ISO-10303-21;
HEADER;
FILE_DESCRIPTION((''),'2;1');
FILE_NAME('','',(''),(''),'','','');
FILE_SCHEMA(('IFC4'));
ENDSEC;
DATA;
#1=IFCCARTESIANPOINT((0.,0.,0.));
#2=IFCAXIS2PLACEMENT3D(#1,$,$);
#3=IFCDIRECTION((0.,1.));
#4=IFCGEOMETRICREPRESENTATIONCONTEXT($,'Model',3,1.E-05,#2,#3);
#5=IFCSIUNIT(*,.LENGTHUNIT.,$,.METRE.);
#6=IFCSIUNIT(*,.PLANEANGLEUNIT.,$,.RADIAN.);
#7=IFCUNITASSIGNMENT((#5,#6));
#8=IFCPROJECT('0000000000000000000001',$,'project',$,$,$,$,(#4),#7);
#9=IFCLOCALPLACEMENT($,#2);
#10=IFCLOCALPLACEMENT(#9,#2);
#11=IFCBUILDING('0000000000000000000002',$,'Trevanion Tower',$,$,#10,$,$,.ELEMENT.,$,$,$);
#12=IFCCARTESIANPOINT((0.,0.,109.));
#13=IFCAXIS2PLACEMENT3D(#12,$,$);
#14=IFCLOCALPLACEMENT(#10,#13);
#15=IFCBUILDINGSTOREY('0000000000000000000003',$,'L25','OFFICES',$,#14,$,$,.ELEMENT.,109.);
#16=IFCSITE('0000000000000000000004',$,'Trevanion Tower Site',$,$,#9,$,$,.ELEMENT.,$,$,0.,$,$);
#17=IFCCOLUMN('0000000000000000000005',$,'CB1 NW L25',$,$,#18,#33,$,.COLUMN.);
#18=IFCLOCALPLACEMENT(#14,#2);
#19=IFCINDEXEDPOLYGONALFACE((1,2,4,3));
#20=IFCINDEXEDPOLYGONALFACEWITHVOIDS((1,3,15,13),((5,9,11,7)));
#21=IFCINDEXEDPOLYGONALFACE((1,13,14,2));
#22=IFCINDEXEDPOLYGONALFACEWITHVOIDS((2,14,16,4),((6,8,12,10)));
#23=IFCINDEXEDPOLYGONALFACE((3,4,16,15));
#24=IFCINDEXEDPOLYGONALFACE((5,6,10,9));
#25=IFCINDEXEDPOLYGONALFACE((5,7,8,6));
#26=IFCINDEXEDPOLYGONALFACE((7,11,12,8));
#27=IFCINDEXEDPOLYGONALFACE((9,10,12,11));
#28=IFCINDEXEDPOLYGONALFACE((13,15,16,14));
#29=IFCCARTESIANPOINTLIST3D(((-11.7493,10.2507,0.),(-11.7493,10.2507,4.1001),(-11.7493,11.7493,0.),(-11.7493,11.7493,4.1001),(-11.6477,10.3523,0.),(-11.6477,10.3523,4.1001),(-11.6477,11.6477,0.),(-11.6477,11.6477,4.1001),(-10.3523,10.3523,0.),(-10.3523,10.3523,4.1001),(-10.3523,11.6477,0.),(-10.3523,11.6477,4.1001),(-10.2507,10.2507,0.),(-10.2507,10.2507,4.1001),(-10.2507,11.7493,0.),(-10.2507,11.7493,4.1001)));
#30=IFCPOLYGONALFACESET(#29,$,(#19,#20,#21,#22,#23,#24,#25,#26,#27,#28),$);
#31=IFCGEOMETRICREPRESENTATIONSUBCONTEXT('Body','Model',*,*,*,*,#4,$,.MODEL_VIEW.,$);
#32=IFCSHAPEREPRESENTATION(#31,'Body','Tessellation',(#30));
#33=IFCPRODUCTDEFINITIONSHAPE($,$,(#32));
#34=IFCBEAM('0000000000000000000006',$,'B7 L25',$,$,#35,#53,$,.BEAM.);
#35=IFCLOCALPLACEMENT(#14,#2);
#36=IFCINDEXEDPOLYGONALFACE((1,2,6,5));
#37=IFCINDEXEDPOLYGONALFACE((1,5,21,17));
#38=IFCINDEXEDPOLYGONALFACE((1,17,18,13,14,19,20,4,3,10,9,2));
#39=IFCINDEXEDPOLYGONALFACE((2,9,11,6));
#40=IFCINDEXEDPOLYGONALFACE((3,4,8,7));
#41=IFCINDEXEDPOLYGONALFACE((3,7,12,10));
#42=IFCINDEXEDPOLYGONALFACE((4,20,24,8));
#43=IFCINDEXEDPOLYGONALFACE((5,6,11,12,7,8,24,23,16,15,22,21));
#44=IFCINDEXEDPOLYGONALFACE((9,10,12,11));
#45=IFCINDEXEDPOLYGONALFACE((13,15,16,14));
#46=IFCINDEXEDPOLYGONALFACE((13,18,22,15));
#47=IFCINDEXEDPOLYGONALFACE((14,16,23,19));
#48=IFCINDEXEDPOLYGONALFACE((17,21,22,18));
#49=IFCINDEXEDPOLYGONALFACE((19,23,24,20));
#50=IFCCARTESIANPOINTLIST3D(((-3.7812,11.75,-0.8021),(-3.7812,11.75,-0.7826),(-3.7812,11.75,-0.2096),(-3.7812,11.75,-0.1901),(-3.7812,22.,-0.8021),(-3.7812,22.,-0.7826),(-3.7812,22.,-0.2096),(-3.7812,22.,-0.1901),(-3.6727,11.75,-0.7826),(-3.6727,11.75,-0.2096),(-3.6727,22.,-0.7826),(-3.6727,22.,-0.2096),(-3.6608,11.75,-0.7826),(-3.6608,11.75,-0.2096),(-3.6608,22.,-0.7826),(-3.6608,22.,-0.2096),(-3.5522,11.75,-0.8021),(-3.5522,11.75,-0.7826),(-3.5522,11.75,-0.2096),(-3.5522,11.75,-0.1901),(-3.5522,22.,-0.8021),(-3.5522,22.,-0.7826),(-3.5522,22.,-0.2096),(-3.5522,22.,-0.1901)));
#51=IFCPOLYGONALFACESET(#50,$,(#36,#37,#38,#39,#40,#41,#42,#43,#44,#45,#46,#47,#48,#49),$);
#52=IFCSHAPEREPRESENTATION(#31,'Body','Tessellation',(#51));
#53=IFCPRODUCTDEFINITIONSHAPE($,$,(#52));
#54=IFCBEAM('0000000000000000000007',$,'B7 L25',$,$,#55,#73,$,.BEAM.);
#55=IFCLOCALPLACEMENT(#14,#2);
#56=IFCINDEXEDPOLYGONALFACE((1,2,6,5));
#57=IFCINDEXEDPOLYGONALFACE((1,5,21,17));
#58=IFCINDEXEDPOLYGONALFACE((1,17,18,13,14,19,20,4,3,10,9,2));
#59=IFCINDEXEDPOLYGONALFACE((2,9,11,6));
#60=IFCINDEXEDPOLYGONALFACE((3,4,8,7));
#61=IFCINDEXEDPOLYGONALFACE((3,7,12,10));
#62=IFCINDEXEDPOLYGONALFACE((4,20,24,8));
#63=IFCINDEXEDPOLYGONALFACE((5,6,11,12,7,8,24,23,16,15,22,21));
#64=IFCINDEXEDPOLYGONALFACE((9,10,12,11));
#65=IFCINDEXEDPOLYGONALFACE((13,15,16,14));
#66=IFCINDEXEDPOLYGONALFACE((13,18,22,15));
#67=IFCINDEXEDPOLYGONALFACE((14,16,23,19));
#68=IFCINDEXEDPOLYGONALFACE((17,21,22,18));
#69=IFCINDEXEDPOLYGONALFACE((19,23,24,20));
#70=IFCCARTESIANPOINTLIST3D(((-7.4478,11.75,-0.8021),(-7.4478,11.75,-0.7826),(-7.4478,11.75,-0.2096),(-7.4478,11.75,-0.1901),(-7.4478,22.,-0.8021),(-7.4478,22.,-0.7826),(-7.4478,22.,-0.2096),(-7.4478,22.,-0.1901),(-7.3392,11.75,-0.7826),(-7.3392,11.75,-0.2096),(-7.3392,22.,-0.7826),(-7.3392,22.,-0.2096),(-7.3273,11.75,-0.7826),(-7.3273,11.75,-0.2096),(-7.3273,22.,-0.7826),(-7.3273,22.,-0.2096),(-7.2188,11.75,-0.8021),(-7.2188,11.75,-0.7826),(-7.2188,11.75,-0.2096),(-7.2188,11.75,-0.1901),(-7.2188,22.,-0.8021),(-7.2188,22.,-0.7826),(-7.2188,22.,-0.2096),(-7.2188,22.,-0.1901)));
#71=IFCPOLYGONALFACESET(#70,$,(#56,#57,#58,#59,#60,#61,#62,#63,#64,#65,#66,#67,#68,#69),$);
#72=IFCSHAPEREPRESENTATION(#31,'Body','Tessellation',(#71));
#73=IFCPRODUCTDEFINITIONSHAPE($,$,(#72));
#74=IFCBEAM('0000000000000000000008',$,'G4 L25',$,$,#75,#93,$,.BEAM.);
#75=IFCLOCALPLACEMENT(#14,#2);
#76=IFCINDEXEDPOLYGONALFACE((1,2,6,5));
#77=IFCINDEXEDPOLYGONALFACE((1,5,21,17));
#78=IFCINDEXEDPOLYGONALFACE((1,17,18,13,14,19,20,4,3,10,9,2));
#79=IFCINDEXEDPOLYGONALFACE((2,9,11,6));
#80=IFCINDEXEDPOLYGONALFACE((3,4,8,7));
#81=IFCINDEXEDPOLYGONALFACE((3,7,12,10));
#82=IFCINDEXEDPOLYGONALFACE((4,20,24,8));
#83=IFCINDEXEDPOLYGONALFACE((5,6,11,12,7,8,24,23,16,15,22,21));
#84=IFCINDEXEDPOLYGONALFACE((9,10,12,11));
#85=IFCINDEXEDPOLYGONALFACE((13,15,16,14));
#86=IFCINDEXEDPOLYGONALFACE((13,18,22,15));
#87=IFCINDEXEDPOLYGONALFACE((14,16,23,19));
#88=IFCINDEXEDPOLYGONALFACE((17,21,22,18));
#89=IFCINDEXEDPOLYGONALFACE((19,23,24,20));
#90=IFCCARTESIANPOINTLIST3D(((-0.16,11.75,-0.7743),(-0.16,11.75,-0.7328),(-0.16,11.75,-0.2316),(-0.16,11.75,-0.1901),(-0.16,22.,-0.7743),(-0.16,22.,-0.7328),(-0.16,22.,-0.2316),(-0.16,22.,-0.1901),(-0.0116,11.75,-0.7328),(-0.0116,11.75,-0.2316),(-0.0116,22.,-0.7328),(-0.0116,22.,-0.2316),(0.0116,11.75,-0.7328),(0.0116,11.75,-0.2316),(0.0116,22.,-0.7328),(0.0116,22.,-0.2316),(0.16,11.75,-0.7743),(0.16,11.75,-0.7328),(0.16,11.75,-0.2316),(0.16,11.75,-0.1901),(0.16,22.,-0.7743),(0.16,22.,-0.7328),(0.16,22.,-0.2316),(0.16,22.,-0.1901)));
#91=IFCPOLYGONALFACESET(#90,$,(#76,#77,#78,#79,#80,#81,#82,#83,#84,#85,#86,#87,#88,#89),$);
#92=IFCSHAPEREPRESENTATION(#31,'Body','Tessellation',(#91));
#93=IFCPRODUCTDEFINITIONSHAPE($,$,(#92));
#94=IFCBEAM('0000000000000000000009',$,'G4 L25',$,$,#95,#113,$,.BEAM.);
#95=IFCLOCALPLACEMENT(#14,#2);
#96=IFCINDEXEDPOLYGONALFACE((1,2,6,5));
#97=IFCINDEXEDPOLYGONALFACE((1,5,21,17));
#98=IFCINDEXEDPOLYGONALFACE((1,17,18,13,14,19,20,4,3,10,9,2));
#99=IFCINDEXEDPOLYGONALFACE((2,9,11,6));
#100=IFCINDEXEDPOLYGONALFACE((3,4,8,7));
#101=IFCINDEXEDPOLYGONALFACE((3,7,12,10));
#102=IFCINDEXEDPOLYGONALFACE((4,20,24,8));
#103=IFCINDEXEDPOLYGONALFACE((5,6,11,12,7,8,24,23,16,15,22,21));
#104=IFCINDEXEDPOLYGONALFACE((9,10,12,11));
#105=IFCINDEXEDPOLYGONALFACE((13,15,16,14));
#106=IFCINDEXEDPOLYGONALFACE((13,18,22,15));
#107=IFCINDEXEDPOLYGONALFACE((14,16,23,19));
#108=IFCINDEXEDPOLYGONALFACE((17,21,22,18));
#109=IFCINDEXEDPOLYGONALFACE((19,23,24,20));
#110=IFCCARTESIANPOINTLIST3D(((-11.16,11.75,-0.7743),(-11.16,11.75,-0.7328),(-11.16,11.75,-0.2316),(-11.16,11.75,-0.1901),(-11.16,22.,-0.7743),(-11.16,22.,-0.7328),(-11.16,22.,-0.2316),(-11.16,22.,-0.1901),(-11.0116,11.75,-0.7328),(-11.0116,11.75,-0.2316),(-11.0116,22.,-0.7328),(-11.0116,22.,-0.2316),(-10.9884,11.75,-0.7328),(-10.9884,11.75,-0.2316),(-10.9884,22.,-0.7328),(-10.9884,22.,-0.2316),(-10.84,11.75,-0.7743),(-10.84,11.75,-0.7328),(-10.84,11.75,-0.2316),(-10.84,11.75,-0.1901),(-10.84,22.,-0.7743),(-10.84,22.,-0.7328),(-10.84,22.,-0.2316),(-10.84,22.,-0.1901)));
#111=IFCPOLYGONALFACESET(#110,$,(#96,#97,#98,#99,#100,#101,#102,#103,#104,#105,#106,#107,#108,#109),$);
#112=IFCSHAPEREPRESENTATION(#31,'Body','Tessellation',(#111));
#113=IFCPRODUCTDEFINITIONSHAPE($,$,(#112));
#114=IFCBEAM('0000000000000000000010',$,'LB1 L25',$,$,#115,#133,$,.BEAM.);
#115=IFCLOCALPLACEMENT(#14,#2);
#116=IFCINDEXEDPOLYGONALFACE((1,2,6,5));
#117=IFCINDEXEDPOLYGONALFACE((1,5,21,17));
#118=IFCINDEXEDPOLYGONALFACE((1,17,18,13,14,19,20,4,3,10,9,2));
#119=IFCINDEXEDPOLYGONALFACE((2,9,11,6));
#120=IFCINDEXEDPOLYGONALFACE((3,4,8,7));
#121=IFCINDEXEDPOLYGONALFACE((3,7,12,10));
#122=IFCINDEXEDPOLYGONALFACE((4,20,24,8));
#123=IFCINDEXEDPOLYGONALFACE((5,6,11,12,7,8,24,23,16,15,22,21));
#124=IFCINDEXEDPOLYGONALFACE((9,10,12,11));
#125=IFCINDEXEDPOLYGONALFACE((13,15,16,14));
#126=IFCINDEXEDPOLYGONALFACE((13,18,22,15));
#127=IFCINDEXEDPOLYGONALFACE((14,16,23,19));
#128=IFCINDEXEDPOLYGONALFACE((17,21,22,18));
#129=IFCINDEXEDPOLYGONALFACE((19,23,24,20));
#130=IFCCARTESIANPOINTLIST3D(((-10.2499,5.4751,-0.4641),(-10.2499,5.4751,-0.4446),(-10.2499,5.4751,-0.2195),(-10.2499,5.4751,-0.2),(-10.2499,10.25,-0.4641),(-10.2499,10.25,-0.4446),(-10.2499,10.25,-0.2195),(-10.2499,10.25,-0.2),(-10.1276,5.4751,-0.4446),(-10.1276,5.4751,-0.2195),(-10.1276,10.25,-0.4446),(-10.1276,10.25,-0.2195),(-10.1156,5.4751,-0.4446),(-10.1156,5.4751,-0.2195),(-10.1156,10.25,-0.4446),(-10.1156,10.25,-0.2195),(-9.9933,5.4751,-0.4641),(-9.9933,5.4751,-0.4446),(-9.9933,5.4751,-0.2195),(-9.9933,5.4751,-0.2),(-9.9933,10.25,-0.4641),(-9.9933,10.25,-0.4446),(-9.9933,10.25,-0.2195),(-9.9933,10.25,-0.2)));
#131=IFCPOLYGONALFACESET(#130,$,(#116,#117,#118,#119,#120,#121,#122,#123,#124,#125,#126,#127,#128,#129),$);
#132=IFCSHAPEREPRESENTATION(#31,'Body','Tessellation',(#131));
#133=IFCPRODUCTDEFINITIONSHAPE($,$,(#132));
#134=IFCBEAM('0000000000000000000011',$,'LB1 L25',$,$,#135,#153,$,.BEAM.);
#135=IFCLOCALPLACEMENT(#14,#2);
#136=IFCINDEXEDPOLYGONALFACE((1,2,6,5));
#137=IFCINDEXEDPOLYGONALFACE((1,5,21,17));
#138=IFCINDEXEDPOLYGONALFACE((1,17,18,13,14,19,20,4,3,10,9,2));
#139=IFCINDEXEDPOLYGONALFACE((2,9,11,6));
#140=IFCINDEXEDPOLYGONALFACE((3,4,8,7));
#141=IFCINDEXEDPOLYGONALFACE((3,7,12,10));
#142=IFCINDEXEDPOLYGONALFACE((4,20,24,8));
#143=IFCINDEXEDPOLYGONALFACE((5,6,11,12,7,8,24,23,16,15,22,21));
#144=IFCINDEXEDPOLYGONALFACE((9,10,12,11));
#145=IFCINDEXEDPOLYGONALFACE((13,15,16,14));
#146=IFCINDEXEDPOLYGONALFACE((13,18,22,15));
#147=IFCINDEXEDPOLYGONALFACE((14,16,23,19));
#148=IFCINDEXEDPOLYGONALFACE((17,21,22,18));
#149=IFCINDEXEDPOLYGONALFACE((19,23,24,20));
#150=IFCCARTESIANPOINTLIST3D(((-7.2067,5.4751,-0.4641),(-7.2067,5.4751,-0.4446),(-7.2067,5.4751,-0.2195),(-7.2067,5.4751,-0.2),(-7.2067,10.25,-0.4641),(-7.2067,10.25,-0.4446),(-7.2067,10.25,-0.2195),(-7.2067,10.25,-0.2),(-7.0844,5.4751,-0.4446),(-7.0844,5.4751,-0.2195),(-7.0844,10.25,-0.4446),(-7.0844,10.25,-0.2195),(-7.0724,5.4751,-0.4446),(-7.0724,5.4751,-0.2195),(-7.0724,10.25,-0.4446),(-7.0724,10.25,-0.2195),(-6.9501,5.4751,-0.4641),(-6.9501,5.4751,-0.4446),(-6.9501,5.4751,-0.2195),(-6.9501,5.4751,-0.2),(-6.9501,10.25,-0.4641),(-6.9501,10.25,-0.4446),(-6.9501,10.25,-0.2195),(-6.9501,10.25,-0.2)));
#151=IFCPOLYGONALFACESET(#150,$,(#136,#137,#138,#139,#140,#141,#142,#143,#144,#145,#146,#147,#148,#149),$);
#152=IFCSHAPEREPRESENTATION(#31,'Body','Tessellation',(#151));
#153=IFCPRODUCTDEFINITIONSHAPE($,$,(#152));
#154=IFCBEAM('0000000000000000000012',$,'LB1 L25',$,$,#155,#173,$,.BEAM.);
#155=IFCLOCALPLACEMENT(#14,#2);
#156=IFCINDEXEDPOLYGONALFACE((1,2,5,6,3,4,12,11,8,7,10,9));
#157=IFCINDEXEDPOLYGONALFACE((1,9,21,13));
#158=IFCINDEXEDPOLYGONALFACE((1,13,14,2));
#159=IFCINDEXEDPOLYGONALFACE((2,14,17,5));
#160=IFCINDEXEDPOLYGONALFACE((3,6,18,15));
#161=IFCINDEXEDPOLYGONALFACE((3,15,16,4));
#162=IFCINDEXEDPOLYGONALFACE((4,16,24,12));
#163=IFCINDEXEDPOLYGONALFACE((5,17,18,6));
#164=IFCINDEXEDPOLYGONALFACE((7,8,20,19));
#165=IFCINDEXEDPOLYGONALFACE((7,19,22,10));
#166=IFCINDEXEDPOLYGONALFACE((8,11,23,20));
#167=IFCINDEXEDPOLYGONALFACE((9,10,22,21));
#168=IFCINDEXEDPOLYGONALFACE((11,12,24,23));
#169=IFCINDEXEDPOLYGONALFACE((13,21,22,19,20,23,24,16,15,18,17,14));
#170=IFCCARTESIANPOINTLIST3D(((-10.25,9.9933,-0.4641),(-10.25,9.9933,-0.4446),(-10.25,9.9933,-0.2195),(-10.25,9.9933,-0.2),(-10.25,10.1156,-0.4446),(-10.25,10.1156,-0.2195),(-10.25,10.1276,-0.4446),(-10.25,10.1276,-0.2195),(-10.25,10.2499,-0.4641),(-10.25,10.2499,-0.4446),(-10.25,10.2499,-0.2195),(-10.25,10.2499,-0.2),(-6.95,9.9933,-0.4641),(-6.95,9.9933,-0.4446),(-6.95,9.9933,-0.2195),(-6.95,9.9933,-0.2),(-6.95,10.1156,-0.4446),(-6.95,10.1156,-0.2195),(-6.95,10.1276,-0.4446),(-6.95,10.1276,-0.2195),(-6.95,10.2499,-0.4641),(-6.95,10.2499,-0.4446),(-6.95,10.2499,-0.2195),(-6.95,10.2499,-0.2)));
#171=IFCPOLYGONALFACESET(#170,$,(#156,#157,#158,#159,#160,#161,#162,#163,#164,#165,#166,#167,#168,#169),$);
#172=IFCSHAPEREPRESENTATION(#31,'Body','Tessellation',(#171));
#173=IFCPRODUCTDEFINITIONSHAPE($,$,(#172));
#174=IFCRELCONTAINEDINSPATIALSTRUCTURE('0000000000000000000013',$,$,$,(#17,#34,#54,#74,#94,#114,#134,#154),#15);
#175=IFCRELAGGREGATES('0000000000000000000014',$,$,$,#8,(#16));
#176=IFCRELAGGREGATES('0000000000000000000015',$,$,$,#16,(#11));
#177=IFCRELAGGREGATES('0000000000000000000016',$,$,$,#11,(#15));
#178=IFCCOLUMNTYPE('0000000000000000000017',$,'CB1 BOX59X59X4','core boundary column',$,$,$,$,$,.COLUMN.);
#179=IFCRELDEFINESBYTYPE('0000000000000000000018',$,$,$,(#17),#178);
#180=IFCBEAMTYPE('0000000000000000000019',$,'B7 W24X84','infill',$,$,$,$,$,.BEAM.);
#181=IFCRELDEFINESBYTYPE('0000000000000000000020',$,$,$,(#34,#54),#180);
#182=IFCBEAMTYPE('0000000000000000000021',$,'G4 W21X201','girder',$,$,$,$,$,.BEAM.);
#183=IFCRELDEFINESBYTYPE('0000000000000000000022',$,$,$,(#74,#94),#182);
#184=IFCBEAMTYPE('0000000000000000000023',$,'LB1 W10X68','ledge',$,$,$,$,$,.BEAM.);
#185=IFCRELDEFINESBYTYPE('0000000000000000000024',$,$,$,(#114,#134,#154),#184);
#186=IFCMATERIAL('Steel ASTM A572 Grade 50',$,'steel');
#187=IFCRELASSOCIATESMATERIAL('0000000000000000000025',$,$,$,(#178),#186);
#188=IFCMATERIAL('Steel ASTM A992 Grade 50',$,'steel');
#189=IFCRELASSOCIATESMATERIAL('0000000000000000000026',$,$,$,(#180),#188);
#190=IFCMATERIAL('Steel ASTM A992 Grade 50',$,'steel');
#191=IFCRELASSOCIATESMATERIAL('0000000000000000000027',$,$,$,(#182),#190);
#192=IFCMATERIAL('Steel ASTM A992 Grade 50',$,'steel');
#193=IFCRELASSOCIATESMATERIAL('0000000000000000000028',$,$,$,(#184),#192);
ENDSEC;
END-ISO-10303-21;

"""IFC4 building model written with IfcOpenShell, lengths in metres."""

from ifc_helpers import new_model, si_unit, direction, frame, origin, origin_2d, place, context, subcontext, project, spatial, hollow_rectangle, i_section, extrude, material, material_profile, profile_set, type_object, element, save


model = new_model("IFC4")

# Units and contexts
model_context = context("Model", 3, precision=1e-05, world=origin(), true_north=direction((0.0, 1.0)))
body_context = subcontext(model_context, "Body", "Model", "MODEL_VIEW")
ifc_project = project(units=[si_unit("LENGTHUNIT", "METRE"), si_unit("PLANEANGLEUNIT", "RADIAN")], contexts=[model_context])

# Site, building, storey
site_placement = place(None, origin())
site = spatial("IfcSite", under=ifc_project, at=site_placement, Name="Trevanion Tower Site", CompositionType="ELEMENT", RefElevation=0.0)
building_placement = place(site_placement, origin())
building = spatial("IfcBuilding", under=site, at=building_placement, Name="Trevanion Tower", CompositionType="ELEMENT")
storey_placement = place(building_placement, frame((0.0, 0.0, 109.0)))
storey = spatial("IfcBuildingStorey", under=building, at=storey_placement, Name="L25", Description="OFFICES", CompositionType="ELEMENT", Elevation=109.0)

# Column
ifc_material_1 = material(Name="Steel ASTM A572 Grade 50", Category="steel")
ifc_material_profile_1 = material_profile(ifc_material_1, hollow_rectangle(XDim=1.4985, YDim=1.4985, WallThickness=0.1016, at=origin_2d()), Name="BOX59X59X4")
ifc_profile_set_1 = profile_set([ifc_material_profile_1], Name="Steel ASTM A572 Grade 50")
column_type = type_object("IfcColumnType", Name="CB1 BOX59X59X4", Description="core boundary column", PredefinedType="COLUMN", material=ifc_profile_set_1)
column_placement = place(storey_placement, frame((-11.0, 11.0, 0.0), z_axis=(0.0, 0.0, 1.0), x_axis=(1.0, 0.0, 0.0)))
element("IfcColumn", 1, at=column_placement, inside=storey, type_object=column_type, Name="CB1 NW L25", PredefinedType="COLUMN", context=body_context, shape_type="SweptSolid", body=[
    extrude(hollow_rectangle(XDim=1.4985, YDim=1.4985, WallThickness=0.1016, at=origin_2d()), origin(), (0.0, 0.0, 1.0), 4.1001),
])

# Beams
ifc_material_2 = material(Name="Steel ASTM A992 Grade 50", Category="steel")
ifc_material_profile_2 = material_profile(ifc_material_2, i_section(OverallWidth=0.229, OverallDepth=0.6121, WebThickness=0.012, FlangeThickness=0.0195, at=origin_2d()), Name="W24X84")
ifc_profile_set_2 = profile_set([ifc_material_profile_2], Name="Steel ASTM A992 Grade 50")
beam_type_1 = type_object("IfcBeamType", Name="B7 W24X84", Description="infill", PredefinedType="BEAM", material=ifc_profile_set_2)
for number, where, z_axis, x_axis, name in (
    (2, (-3.6667, 11.75, -0.4961), (0.0, 1.0, 0.0), (-1.0, 0.0, 0.0), "B7 L25"),
    (3, (-7.3333, 11.75, -0.4961), (0.0, 1.0, 0.0), (-1.0, 0.0, 0.0), "B7 L25"),
):
    element("IfcBeam", number, at=place(storey_placement, frame(where, z_axis=z_axis, x_axis=x_axis)), inside=storey, type_object=beam_type_1, Name=name, PredefinedType="BEAM", context=body_context, shape_type="SweptSolid", body=[
        extrude(i_section(OverallWidth=0.229, OverallDepth=0.6121, WebThickness=0.012, FlangeThickness=0.0195, at=origin_2d()), origin(), (0.0, 0.0, 1.0), 10.25),
    ])
ifc_material_3 = material(Name="Steel ASTM A992 Grade 50", Category="steel")
ifc_material_profile_3 = material_profile(ifc_material_3, i_section(OverallWidth=0.3201, OverallDepth=0.5842, WebThickness=0.0232, FlangeThickness=0.0415, at=origin_2d()), Name="W21X201")
ifc_profile_set_3 = profile_set([ifc_material_profile_3], Name="Steel ASTM A992 Grade 50")
beam_type_2 = type_object("IfcBeamType", Name="G4 W21X201", Description="girder", PredefinedType="BEAM", material=ifc_profile_set_3)
for number, where, z_axis, x_axis, name in (
    (4, (0.0, 11.75, -0.4822), (0.0, 1.0, 0.0), (-1.0, 0.0, 0.0), "G4 L25"),
    (5, (-11.0, 11.75, -0.4822), (0.0, 1.0, 0.0), (-1.0, 0.0, 0.0), "G4 L25"),
):
    element("IfcBeam", number, at=place(storey_placement, frame(where, z_axis=z_axis, x_axis=x_axis)), inside=storey, type_object=beam_type_2, Name=name, PredefinedType="BEAM", context=body_context, shape_type="SweptSolid", body=[
        extrude(i_section(OverallWidth=0.3201, OverallDepth=0.5842, WebThickness=0.0232, FlangeThickness=0.0415, at=origin_2d()), origin(), (0.0, 0.0, 1.0), 10.25),
    ])
ifc_material_4 = material(Name="Steel ASTM A992 Grade 50", Category="steel")
ifc_material_profile_4 = material_profile(ifc_material_4, i_section(OverallWidth=0.2566, OverallDepth=0.2642, WebThickness=0.012, FlangeThickness=0.0195, at=origin_2d()), Name="W10X68")
ifc_profile_set_4 = profile_set([ifc_material_profile_4], Name="Steel ASTM A992 Grade 50")
beam_type_3 = type_object("IfcBeamType", Name="LB1 W10X68", Description="ledge", PredefinedType="BEAM", material=ifc_profile_set_4)
for number, where, z_axis, x_axis, name in (
    (6, (-10.1216, 5.4751, -0.332), (0.0, 1.0, 0.0), (-1.0, 0.0, 0.0), "LB1 L25"),
    (7, (-7.0784, 5.4751, -0.332), (0.0, 1.0, 0.0), (-1.0, 0.0, 0.0), "LB1 L25"),
):
    element("IfcBeam", number, at=place(storey_placement, frame(where, z_axis=z_axis, x_axis=x_axis)), inside=storey, type_object=beam_type_3, Name=name, PredefinedType="BEAM", context=body_context, shape_type="SweptSolid", body=[
        extrude(i_section(OverallWidth=0.2566, OverallDepth=0.2642, WebThickness=0.012, FlangeThickness=0.0195, at=origin_2d()), origin(), (0.0, 0.0, 1.0), 4.7749),
    ])
beam_1_placement = place(storey_placement, frame((-10.25, 10.1216, -0.332), z_axis=(1.0, 0.0, 0.0), x_axis=(0.0, 1.0, 0.0)))
element("IfcBeam", 8, at=beam_1_placement, inside=storey, type_object=beam_type_3, Name="LB1 L25", PredefinedType="BEAM", context=body_context, shape_type="SweptSolid", body=[
    extrude(i_section(OverallWidth=0.2566, OverallDepth=0.2642, WebThickness=0.012, FlangeThickness=0.0195, at=origin_2d()), origin(), (0.0, 0.0, 1.0), 3.3),
])

save(model, "model.ifc")
